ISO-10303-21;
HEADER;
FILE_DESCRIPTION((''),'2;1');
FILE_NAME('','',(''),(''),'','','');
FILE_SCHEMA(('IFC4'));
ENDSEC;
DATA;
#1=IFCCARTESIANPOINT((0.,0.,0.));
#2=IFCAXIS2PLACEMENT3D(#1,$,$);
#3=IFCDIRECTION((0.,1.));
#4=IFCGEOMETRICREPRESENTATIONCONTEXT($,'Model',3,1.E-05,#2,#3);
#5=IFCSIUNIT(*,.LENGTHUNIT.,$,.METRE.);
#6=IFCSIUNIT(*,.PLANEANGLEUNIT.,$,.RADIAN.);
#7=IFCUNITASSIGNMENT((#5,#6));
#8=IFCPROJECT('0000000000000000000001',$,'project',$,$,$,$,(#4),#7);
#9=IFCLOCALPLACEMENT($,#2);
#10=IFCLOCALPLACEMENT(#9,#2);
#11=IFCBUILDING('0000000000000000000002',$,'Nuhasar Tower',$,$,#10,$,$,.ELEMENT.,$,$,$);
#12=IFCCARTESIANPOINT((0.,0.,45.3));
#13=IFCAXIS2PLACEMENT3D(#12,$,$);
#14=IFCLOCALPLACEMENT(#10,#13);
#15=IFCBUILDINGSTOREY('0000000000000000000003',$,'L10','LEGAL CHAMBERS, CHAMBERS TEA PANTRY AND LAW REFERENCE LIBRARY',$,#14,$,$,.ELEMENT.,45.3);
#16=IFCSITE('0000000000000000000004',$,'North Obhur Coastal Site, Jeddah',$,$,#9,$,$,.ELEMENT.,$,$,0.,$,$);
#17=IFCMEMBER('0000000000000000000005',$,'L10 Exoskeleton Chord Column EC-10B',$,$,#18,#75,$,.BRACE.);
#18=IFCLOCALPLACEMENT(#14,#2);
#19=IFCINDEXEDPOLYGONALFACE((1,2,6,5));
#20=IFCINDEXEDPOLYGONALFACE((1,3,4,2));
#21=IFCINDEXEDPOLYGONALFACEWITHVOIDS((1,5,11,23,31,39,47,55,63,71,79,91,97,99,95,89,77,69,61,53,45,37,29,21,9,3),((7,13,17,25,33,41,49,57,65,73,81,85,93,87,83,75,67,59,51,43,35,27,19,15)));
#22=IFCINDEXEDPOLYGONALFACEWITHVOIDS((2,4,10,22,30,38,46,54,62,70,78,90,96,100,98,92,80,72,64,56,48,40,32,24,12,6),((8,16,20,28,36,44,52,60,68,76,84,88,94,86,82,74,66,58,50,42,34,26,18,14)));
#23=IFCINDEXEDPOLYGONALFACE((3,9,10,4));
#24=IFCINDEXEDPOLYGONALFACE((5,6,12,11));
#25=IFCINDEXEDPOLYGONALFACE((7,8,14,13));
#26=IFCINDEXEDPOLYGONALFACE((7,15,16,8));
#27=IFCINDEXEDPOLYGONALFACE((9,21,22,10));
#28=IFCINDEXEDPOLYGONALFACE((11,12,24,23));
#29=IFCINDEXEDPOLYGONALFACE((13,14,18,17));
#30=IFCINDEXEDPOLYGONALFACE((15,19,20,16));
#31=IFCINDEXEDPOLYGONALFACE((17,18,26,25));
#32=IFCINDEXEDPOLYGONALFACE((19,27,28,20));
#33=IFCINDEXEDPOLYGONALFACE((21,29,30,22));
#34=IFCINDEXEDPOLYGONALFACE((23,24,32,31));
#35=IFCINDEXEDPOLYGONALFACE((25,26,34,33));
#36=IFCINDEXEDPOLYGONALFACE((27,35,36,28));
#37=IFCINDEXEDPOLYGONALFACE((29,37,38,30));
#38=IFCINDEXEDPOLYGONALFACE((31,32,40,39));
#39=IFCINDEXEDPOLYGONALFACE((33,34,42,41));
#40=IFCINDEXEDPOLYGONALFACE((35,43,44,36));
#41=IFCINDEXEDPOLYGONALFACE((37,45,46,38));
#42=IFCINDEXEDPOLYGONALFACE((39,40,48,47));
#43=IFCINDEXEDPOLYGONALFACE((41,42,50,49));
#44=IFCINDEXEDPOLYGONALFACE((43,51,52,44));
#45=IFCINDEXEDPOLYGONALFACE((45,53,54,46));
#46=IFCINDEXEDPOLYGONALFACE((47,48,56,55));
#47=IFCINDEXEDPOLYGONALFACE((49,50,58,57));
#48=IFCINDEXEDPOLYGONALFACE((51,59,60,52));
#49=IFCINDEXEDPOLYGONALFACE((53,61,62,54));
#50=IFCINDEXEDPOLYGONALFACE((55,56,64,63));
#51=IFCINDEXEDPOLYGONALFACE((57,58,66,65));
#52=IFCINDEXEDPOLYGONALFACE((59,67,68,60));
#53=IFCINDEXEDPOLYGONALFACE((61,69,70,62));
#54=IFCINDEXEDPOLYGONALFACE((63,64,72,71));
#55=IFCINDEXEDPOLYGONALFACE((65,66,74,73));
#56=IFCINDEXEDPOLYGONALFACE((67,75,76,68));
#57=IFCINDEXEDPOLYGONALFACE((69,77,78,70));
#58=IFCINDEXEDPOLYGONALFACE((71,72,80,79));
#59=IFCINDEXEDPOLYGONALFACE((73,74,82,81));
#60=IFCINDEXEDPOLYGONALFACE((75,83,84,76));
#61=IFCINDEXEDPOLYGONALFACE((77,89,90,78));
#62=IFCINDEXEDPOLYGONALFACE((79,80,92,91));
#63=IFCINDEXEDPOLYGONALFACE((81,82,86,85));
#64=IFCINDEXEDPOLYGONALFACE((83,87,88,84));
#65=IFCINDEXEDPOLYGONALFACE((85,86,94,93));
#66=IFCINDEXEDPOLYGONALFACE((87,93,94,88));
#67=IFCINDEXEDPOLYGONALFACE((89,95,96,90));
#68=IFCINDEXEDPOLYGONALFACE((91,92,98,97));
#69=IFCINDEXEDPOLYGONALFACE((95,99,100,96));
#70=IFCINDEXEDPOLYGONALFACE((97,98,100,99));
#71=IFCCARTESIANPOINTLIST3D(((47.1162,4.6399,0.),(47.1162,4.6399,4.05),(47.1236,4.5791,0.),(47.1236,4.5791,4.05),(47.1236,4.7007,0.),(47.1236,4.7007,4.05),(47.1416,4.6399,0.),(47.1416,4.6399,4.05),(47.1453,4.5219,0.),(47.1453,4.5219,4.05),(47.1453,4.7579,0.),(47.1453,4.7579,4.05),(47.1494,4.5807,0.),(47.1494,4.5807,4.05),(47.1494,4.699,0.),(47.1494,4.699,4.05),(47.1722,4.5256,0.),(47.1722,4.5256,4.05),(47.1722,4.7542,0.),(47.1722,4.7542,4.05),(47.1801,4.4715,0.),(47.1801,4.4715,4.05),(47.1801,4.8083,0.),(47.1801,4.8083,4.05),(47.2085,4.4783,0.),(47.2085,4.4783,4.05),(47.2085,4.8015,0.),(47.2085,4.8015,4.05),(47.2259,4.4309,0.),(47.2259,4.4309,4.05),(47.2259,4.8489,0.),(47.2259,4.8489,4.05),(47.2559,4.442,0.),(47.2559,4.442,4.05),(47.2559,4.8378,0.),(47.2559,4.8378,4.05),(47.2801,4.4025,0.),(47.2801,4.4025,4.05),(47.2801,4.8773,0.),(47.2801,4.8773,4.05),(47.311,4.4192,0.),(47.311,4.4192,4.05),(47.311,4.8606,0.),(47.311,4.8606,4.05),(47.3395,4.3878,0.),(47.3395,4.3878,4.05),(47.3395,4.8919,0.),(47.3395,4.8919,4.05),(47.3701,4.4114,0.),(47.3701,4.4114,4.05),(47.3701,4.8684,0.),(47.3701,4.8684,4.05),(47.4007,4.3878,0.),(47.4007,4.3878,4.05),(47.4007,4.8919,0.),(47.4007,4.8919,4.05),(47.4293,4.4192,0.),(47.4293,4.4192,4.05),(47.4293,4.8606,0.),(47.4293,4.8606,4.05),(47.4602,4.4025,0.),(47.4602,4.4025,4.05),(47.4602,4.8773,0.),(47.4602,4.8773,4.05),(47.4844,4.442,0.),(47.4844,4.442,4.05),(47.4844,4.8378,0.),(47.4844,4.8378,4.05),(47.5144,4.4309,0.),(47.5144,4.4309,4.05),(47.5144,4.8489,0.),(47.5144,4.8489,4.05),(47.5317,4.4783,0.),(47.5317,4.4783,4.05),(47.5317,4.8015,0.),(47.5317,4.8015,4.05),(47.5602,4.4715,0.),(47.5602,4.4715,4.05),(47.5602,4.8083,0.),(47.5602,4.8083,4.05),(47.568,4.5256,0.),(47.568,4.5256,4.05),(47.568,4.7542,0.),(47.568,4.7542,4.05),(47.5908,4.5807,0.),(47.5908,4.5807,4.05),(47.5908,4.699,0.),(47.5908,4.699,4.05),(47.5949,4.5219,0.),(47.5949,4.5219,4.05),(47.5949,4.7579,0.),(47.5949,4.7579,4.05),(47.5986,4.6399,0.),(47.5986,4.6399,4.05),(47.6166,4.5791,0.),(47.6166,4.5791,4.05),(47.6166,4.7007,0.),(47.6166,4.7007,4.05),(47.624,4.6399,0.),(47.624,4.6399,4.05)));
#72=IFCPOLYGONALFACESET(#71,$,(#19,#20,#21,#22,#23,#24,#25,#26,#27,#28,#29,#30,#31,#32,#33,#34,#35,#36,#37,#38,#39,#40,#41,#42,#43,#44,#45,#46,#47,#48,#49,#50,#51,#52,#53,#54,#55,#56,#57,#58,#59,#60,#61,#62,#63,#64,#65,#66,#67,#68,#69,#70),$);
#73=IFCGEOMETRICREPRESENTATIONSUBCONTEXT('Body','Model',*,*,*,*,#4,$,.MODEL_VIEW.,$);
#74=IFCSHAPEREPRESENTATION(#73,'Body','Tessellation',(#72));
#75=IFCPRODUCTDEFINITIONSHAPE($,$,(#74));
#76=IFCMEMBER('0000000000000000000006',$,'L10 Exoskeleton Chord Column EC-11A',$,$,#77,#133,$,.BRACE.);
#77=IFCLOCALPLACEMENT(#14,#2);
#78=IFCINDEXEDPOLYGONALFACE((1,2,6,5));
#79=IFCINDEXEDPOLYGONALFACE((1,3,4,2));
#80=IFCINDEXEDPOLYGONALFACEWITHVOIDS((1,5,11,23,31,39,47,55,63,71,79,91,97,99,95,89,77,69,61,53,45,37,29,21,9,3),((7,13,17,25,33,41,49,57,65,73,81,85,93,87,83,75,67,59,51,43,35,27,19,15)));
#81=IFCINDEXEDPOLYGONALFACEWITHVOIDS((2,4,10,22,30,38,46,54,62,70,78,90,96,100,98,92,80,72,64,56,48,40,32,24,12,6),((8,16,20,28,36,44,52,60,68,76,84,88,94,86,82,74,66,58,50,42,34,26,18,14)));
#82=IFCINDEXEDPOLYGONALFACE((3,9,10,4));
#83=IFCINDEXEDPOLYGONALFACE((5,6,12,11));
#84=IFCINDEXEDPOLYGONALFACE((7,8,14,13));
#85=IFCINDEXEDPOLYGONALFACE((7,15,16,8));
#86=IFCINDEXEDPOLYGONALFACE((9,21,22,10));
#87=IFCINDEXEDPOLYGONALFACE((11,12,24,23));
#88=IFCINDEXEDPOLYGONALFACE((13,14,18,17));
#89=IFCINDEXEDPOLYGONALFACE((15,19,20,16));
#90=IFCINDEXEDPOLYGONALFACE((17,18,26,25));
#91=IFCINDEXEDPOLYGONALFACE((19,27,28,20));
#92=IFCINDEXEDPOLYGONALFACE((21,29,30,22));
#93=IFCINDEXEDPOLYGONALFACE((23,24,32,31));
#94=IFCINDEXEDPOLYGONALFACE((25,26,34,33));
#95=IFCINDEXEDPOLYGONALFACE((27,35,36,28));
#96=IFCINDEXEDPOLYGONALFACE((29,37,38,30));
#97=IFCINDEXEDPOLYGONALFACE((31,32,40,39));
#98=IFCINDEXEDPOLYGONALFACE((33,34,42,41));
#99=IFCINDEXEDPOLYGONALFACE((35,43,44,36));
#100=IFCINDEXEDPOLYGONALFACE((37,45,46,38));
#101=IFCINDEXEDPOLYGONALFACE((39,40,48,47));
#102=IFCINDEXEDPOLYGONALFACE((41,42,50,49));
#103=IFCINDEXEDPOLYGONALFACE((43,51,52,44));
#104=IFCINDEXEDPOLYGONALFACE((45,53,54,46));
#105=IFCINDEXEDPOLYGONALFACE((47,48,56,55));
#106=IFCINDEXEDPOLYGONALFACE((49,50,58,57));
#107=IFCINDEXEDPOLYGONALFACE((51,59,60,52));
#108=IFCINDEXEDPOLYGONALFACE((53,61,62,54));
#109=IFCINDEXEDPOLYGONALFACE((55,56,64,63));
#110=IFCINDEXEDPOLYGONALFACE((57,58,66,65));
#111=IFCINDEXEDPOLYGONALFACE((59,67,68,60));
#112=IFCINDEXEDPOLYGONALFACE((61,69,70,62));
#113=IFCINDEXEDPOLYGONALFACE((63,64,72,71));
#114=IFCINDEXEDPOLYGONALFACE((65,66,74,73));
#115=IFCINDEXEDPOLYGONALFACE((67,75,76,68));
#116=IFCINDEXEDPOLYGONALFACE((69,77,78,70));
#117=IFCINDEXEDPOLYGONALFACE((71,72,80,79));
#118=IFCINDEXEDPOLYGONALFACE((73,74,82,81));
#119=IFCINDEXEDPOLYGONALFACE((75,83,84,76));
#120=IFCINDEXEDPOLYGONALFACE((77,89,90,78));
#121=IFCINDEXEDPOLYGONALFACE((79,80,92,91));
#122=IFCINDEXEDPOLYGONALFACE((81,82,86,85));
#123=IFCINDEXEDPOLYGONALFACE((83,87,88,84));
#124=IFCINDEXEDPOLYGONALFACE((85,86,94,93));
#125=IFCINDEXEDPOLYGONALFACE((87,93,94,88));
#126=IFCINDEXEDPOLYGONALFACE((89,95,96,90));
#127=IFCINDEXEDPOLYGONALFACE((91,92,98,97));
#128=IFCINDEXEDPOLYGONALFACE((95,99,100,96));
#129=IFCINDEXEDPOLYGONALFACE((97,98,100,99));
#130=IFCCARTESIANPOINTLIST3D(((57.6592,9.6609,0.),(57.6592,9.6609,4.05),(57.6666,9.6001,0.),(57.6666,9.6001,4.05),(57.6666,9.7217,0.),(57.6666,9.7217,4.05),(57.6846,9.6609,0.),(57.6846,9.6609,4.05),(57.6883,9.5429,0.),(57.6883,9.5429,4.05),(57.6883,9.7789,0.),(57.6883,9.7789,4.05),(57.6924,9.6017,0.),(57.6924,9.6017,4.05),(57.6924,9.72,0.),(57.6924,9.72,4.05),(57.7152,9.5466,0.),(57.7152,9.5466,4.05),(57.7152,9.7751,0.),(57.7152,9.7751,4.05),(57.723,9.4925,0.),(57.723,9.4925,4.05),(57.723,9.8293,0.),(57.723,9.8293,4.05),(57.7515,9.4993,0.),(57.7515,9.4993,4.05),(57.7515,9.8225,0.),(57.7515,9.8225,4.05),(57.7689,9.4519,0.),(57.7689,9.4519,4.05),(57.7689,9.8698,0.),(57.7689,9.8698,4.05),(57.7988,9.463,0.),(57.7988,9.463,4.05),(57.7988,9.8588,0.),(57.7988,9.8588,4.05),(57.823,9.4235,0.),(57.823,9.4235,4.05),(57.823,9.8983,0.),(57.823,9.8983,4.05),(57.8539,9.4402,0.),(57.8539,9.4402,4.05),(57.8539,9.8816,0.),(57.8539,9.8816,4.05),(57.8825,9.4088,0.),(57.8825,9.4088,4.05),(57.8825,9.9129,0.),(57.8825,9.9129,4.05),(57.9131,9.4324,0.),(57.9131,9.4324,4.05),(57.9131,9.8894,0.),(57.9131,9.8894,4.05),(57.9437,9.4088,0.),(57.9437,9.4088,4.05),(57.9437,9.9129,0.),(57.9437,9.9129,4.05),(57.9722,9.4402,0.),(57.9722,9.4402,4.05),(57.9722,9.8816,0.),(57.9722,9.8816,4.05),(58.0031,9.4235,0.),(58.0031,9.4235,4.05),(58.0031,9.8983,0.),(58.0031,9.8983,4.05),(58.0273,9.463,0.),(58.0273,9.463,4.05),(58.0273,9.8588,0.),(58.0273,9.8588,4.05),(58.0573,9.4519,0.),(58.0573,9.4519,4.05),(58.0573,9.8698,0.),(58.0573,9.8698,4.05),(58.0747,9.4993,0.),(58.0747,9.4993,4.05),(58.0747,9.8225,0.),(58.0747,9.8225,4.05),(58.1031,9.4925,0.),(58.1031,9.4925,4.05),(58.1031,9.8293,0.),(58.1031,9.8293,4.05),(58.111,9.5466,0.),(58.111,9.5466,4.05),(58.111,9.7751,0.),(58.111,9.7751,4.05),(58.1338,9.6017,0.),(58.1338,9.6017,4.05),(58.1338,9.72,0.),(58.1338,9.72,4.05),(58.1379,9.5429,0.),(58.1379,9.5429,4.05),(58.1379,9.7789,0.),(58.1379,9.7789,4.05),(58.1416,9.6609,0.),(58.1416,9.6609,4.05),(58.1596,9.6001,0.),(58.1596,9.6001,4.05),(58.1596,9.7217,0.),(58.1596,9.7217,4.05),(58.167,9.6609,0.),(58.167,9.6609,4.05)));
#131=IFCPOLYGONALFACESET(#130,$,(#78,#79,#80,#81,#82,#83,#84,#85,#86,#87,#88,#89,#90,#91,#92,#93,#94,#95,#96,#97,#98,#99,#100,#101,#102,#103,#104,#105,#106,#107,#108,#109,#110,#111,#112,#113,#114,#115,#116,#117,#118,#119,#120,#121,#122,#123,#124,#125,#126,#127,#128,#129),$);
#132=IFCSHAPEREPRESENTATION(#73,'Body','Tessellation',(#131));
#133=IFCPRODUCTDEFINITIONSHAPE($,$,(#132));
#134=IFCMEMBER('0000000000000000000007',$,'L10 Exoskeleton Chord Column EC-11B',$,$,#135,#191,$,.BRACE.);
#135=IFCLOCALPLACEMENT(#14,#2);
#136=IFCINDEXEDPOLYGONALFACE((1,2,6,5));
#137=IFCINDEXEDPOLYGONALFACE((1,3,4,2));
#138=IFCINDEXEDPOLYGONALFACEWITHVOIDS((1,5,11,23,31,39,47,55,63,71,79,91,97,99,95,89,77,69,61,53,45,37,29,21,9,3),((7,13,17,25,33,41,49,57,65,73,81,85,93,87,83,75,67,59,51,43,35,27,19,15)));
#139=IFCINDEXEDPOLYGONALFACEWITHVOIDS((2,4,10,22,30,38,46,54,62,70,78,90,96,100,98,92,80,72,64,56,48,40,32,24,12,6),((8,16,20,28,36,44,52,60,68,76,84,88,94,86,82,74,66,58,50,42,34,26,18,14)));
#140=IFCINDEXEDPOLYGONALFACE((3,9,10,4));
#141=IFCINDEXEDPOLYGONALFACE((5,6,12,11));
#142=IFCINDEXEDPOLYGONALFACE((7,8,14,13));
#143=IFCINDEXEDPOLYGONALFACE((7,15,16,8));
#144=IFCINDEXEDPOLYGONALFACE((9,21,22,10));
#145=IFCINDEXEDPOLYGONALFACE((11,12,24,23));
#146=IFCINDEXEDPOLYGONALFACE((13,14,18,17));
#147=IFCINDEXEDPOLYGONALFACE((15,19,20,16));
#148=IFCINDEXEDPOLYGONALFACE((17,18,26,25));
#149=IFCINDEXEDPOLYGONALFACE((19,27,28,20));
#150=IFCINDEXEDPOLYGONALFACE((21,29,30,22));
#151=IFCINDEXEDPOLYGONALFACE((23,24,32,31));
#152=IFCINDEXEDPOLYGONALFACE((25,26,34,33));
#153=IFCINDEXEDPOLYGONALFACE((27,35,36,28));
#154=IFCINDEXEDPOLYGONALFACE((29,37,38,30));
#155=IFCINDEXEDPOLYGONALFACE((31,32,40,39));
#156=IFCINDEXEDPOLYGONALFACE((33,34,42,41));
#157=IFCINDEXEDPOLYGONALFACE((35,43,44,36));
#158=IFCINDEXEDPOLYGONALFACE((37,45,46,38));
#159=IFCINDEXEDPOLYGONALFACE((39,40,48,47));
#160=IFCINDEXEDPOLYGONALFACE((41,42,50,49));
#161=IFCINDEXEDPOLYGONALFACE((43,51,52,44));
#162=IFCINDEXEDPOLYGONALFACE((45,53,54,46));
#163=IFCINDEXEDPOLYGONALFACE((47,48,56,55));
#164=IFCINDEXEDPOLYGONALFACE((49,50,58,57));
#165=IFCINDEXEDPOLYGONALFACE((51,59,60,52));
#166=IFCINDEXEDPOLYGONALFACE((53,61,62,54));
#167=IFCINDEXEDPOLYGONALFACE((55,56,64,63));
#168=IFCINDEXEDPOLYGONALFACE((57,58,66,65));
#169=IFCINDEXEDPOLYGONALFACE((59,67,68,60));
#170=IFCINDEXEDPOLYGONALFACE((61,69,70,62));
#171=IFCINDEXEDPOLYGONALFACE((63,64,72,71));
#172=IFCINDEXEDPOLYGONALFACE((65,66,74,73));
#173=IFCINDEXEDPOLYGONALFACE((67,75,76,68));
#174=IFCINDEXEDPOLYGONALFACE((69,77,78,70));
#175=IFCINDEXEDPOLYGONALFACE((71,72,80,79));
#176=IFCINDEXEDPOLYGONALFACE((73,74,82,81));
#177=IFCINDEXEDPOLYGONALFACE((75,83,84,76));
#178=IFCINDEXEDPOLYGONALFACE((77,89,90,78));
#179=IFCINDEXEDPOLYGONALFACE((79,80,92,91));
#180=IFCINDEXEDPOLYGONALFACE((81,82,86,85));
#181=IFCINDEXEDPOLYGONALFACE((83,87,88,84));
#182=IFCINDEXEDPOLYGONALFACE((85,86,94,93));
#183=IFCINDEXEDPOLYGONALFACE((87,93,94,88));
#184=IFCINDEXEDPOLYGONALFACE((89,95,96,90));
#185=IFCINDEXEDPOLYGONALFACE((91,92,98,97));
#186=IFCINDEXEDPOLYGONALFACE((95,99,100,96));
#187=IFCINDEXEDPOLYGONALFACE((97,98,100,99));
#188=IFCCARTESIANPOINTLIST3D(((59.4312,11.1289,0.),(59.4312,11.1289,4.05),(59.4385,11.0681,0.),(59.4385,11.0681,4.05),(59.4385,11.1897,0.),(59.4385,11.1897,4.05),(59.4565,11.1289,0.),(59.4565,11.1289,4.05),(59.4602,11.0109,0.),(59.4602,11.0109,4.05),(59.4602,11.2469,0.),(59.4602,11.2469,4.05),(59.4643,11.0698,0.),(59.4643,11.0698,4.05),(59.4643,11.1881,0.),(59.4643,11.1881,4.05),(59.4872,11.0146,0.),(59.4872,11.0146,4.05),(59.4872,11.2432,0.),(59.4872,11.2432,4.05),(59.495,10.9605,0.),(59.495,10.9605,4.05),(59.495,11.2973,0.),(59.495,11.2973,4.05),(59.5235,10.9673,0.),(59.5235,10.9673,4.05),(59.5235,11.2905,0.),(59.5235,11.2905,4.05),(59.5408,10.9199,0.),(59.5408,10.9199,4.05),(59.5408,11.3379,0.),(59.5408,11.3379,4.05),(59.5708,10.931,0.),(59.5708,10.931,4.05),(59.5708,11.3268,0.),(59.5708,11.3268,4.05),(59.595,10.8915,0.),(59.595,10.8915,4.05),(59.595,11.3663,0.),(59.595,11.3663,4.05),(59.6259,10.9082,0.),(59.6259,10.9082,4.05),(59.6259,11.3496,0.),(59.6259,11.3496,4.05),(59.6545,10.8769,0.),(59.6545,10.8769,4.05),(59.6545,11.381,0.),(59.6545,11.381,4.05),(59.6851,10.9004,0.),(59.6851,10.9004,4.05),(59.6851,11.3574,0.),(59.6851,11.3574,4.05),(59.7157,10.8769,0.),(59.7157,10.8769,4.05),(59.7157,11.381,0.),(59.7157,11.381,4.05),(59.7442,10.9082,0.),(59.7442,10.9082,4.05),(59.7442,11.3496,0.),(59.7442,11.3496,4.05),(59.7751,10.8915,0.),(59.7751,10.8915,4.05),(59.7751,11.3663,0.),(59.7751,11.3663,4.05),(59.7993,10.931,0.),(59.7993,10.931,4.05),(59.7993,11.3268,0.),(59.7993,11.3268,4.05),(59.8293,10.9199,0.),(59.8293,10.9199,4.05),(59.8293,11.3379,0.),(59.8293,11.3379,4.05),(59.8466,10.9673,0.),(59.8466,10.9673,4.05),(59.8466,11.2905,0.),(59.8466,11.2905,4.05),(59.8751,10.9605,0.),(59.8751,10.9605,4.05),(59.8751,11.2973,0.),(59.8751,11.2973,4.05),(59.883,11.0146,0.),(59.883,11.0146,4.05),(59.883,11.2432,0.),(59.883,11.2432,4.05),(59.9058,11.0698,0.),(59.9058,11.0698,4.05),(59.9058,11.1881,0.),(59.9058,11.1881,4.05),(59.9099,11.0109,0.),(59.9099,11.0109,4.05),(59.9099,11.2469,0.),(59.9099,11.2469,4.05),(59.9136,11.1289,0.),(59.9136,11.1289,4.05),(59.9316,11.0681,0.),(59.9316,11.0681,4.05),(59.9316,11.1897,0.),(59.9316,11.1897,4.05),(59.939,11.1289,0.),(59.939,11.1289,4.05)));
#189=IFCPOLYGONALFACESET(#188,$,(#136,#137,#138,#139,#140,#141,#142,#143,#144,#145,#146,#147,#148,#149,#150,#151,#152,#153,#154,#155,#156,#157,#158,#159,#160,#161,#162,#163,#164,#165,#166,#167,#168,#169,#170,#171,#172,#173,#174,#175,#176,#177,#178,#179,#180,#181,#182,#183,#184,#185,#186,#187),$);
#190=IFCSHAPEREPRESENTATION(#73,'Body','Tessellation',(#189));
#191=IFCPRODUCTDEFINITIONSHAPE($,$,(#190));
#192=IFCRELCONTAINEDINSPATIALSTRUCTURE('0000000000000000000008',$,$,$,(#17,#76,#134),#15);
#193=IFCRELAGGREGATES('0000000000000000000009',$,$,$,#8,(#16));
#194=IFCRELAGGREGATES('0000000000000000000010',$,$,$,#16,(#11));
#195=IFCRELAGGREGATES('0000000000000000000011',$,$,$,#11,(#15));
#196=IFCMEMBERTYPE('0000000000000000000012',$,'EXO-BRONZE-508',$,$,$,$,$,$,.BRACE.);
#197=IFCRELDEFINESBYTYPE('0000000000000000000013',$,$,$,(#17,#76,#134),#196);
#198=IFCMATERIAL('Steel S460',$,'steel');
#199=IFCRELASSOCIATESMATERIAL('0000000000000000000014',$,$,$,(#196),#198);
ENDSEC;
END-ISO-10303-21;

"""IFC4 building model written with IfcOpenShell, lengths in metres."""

from ifc_helpers import new_model, si_unit, direction, frame, origin, origin_2d, place, context, subcontext, project, spatial, hollow_circle, extrude, material, material_profile, profile_set, type_object, element, save


model = new_model("IFC4")

# Units and contexts
model_context = context("Model", 3, precision=1e-05, world=origin(), true_north=direction((0.0, 1.0)))
body_context = subcontext(model_context, "Body", "Model", "MODEL_VIEW")
ifc_project = project(units=[si_unit("LENGTHUNIT", "METRE"), si_unit("PLANEANGLEUNIT", "RADIAN")], contexts=[model_context])

# Site, building, storey
site_placement = place(None, origin())
site = spatial("IfcSite", under=ifc_project, at=site_placement, Name="North Obhur Coastal Site, Jeddah", CompositionType="ELEMENT", RefElevation=0.0)
building_placement = place(site_placement, origin())
building = spatial("IfcBuilding", under=site, at=building_placement, Name="Nuhasar Tower", CompositionType="ELEMENT")
storey_placement = place(building_placement, frame((0.0, 0.0, 45.3)))
storey = spatial("IfcBuildingStorey", under=building, at=storey_placement, Name="L10", Description="LEGAL CHAMBERS, CHAMBERS TEA PANTRY AND LAW REFERENCE LIBRARY", CompositionType="ELEMENT", Elevation=45.3)

# Members
ifc_material_1 = material(Name="Steel S460", Category="steel")
ifc_material_profile_1 = material_profile(ifc_material_1, hollow_circle(Radius=0.2539, WallThickness=0.0254, at=origin_2d()), Name="HSS508X25.4")
ifc_profile_set_1 = profile_set([ifc_material_profile_1], Name="Steel S460")
member_type_1 = type_object("IfcMemberType", Name="EXO-BRONZE-508", PredefinedType="BRACE", material=ifc_profile_set_1)
for number, where, z_axis, x_axis, name in (
    (1, (47.3701, 4.6399, 0.0), (0.0, 0.0, 1.0), (1.0, 0.0, 0.0), "L10 Exoskeleton Chord Column EC-10B"),
    (2, (57.9131, 9.6609, 0.0), (0.0, 0.0, 1.0), (1.0, 0.0, 0.0), "L10 Exoskeleton Chord Column EC-11A"),
    (3, (59.6851, 11.1289, 0.0), (0.0, 0.0, 1.0), (1.0, 0.0, 0.0), "L10 Exoskeleton Chord Column EC-11B"),
):
    element("IfcMember", number, at=place(storey_placement, frame(where, z_axis=z_axis, x_axis=x_axis)), inside=storey, type_object=member_type_1, Name=name, PredefinedType="BRACE", context=body_context, shape_type="SweptSolid", body=[
        extrude(hollow_circle(Radius=0.2539, WallThickness=0.0254, at=origin_2d()), origin(), (0.0, 0.0, 1.0), 4.05),
    ])

save(model, "model.ifc")
